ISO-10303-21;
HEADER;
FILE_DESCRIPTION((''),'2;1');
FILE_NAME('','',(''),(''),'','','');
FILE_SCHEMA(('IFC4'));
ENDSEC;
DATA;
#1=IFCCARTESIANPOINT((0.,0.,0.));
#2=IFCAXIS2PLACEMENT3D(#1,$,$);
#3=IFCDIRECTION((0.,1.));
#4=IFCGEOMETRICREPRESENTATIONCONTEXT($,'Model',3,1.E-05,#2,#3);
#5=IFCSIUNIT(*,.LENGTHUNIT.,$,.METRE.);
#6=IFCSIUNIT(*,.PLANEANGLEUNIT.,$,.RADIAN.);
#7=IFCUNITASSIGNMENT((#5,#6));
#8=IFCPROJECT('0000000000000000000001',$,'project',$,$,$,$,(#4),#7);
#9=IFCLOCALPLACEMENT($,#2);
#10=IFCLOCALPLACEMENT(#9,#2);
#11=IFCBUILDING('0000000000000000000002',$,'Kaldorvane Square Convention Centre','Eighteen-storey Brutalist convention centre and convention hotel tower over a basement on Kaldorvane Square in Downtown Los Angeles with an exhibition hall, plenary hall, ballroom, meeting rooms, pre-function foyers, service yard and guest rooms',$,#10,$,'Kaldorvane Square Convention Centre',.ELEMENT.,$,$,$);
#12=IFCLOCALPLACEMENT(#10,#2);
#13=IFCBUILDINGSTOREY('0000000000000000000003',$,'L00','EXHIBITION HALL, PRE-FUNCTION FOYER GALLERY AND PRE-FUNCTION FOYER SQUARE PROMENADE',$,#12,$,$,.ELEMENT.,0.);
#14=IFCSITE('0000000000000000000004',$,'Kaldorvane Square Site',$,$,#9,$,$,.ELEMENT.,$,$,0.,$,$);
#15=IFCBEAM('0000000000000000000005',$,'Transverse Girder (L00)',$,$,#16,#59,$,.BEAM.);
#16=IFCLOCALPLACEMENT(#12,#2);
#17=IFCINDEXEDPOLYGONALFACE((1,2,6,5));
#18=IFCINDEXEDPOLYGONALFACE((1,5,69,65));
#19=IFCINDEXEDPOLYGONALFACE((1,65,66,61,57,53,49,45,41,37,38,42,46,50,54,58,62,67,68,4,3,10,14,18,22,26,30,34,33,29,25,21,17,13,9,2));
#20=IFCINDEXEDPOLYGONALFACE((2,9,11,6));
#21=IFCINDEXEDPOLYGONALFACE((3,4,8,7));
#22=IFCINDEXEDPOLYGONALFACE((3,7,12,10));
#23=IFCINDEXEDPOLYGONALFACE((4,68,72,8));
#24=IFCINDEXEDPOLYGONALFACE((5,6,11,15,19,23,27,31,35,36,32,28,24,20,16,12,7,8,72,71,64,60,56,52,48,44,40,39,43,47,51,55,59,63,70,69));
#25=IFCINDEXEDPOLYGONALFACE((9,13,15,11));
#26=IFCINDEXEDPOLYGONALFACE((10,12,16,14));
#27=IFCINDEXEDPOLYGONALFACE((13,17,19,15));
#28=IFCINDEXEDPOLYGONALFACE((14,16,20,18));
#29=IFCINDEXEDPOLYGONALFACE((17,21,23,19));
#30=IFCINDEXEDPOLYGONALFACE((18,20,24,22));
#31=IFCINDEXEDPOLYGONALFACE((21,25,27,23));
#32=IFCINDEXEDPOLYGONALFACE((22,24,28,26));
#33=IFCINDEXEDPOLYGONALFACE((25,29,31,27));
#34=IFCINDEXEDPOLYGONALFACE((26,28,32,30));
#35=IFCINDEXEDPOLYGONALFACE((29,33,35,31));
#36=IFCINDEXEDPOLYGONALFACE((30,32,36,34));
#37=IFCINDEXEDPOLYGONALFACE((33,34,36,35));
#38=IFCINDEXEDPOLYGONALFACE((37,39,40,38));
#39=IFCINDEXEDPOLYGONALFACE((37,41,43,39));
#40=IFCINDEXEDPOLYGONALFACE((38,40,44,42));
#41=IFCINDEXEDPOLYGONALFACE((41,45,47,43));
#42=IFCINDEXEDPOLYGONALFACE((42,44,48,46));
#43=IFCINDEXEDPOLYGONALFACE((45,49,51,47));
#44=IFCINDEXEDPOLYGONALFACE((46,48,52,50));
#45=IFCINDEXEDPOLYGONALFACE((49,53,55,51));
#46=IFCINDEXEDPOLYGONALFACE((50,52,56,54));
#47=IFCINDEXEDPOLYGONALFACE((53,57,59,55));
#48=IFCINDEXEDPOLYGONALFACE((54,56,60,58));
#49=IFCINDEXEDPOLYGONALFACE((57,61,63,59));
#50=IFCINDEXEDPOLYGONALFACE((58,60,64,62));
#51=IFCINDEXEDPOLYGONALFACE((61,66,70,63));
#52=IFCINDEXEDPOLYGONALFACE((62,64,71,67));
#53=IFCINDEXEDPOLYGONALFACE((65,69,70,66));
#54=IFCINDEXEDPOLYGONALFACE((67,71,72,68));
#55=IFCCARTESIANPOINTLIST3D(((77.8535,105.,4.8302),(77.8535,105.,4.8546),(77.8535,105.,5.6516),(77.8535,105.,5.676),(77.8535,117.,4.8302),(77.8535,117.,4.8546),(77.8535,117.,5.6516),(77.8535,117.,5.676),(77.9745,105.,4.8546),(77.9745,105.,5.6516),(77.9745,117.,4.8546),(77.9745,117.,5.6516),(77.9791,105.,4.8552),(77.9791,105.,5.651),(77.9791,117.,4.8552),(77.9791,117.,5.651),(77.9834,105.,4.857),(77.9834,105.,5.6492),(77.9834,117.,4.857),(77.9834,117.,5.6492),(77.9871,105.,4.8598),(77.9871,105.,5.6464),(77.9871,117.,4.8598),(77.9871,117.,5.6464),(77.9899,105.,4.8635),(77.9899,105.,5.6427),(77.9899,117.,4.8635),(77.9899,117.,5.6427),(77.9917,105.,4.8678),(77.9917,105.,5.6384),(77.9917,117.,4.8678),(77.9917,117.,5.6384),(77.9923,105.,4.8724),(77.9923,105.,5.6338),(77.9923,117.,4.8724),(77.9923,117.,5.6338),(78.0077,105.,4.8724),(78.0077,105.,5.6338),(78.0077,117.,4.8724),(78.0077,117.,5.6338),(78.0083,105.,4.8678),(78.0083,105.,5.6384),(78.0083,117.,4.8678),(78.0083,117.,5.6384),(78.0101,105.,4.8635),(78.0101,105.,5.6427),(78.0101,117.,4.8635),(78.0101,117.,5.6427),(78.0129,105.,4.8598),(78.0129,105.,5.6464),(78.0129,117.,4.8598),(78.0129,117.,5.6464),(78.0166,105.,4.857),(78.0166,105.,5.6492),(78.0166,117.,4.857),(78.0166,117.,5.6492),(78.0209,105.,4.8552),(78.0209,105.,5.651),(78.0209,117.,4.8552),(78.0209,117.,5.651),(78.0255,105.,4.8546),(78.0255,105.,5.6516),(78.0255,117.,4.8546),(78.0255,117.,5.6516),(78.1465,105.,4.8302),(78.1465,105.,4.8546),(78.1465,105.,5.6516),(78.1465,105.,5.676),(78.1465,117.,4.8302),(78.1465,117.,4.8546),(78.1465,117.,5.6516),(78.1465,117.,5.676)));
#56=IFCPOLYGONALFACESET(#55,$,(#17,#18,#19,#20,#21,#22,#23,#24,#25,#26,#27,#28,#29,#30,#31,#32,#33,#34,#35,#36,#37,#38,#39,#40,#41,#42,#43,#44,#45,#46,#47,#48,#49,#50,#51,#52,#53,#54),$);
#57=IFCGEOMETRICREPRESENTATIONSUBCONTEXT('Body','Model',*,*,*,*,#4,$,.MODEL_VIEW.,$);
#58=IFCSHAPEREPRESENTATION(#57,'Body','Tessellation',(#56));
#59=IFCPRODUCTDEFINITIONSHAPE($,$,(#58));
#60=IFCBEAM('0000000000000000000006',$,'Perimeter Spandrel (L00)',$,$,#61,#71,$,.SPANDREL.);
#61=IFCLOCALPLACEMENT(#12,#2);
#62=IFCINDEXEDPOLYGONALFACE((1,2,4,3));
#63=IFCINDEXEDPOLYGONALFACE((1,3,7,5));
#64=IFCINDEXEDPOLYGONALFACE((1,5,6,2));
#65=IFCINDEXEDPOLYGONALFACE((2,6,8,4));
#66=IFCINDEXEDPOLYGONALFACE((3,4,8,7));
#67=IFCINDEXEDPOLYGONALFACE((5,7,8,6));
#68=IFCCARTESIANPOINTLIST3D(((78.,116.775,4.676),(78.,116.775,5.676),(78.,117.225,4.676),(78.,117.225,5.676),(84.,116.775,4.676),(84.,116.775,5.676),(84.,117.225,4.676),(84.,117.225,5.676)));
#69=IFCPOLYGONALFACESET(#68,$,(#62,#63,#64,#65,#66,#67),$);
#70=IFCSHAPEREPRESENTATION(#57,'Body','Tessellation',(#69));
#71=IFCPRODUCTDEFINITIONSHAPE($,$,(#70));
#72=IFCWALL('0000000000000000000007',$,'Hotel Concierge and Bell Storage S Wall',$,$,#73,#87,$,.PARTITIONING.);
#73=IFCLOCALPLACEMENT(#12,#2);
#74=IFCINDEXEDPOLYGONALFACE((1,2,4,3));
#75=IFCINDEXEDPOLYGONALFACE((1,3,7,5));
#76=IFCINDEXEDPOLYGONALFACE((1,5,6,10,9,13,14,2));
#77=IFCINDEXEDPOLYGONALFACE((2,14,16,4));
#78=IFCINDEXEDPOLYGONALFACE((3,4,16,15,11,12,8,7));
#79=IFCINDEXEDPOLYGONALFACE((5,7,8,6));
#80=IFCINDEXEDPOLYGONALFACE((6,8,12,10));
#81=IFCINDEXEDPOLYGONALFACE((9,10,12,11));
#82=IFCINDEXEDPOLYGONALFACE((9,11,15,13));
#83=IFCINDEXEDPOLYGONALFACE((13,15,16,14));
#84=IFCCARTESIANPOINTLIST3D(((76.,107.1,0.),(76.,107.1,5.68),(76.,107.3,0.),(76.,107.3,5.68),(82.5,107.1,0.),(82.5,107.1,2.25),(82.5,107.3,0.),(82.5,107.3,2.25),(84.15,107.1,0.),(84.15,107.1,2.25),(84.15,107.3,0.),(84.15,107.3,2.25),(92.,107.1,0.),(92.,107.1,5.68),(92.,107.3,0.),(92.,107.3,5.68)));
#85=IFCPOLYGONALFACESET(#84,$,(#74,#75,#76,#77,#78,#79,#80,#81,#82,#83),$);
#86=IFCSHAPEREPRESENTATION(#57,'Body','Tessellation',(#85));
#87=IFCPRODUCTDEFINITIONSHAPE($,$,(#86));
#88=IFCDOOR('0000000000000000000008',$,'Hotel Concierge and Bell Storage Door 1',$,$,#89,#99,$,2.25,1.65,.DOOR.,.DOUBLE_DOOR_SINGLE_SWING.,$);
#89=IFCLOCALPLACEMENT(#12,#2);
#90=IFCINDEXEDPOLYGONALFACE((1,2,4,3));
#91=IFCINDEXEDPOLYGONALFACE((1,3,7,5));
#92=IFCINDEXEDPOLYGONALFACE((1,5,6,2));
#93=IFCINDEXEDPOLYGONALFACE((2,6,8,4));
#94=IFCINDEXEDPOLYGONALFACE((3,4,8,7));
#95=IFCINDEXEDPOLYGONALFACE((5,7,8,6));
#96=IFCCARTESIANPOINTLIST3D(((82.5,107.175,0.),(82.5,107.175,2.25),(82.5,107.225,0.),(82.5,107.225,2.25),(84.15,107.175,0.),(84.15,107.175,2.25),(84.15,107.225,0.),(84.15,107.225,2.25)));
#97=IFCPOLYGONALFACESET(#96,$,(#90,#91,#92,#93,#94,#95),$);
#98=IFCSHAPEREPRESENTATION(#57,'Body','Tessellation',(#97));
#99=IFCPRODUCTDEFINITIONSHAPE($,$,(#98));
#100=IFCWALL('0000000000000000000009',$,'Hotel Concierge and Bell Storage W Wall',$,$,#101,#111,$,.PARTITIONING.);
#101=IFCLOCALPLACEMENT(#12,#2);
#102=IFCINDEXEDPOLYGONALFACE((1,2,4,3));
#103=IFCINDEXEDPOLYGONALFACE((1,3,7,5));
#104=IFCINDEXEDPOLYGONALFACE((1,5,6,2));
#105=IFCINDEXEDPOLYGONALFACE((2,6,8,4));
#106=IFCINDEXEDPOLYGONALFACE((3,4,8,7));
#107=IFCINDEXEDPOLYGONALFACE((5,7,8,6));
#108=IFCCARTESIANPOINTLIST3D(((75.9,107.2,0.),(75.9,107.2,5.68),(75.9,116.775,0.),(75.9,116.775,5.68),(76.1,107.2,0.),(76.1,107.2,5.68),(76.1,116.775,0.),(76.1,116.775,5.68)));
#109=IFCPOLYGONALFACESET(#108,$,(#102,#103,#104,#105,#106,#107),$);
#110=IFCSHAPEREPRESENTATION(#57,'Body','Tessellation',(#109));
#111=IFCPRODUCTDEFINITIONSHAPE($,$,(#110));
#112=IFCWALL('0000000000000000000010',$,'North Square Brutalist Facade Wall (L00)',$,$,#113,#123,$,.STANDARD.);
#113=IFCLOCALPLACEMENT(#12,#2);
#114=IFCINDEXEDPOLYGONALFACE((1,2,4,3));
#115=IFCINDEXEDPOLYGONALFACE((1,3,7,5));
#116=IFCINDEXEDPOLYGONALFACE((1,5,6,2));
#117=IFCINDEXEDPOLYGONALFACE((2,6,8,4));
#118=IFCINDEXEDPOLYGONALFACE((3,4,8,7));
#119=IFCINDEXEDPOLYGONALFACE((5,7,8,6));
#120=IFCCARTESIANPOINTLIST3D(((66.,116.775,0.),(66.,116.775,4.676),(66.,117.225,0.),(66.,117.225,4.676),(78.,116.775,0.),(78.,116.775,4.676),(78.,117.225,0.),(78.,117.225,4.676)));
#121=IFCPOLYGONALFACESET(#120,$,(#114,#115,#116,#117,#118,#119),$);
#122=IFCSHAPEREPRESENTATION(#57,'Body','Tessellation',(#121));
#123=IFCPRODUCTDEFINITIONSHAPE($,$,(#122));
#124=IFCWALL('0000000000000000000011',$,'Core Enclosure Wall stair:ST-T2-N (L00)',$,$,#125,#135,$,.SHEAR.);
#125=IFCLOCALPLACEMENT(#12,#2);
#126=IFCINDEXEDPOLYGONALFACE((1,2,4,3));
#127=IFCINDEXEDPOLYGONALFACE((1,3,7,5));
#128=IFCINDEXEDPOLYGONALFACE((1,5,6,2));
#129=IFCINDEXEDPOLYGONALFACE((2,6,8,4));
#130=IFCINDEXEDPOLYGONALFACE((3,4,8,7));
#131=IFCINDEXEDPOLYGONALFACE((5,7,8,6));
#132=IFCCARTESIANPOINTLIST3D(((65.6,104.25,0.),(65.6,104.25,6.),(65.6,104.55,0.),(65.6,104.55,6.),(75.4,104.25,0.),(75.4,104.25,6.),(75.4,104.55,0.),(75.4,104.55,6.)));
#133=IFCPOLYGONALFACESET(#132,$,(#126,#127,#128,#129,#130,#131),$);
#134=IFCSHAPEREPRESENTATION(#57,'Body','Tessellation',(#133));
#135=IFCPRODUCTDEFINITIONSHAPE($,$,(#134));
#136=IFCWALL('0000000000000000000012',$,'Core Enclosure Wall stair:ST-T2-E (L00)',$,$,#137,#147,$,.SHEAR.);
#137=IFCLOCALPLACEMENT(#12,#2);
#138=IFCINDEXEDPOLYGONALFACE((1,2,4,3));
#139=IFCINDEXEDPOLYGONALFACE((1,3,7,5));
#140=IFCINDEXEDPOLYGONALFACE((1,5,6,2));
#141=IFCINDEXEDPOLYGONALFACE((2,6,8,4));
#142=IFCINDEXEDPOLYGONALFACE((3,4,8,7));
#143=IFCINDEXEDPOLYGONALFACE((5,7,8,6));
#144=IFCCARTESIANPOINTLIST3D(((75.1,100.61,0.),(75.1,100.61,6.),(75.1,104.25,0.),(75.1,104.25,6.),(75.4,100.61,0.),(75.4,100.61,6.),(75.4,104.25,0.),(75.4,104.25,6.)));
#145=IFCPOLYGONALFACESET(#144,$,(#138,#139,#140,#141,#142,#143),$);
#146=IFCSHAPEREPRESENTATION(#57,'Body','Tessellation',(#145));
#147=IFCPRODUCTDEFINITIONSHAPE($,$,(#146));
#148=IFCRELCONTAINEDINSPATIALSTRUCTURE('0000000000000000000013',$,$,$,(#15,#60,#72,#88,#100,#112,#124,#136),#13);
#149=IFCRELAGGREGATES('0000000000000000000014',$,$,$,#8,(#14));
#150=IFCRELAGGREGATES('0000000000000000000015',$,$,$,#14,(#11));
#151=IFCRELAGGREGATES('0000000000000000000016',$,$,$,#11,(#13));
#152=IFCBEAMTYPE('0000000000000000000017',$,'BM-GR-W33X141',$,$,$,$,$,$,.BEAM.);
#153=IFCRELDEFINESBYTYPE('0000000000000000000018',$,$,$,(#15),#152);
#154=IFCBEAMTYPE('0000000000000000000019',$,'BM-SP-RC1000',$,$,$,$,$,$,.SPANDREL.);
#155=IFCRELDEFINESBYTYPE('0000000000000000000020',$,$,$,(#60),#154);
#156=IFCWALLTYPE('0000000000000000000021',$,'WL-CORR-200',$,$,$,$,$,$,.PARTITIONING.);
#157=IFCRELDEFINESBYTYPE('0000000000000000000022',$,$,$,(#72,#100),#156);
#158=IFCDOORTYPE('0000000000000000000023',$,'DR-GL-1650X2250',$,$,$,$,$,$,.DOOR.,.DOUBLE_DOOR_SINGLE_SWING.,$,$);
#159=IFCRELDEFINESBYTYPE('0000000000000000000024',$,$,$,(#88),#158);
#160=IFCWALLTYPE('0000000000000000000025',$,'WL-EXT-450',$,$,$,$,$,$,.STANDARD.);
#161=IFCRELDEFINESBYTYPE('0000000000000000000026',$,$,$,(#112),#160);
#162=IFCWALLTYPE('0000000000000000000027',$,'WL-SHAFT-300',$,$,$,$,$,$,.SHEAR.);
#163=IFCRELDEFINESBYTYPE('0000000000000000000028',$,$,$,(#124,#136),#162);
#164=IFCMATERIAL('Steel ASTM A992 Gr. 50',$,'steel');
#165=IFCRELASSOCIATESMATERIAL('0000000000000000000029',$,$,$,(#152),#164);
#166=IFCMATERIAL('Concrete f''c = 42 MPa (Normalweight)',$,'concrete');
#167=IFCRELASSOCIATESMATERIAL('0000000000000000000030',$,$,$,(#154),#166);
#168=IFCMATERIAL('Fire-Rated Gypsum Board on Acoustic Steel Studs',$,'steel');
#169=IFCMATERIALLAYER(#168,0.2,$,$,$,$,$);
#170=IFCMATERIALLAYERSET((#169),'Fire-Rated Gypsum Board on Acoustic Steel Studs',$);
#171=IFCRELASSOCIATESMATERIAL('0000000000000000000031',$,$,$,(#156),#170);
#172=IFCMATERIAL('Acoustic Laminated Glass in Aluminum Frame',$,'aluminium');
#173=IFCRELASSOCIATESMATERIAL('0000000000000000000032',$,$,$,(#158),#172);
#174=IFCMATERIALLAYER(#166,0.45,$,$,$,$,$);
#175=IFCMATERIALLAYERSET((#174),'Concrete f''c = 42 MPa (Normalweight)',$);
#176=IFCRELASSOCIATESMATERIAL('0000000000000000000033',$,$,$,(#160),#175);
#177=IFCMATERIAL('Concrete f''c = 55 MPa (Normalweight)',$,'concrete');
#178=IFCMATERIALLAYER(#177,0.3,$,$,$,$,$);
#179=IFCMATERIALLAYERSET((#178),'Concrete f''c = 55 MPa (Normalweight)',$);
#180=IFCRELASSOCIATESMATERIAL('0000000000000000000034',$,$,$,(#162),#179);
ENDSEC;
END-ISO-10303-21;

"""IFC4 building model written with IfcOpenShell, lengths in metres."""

from ifc_helpers import new_model, si_unit, direction, frame, frame_2d, origin, origin_2d, place, context, subcontext, project, spatial, rectangle, i_section, extrude, material, layer, layer_set, material_profile, profile_set, type_object, element, fill, save


model = new_model("IFC4")

# Units and contexts
model_context = context("Model", 3, precision=1e-05, world=origin(), true_north=direction((0.0, 1.0)))
body_context = subcontext(model_context, "Body", "Model", "MODEL_VIEW")
ifc_project = project(units=[si_unit("LENGTHUNIT", "METRE"), si_unit("PLANEANGLEUNIT", "RADIAN")], contexts=[model_context])

# Site, building, storey
site_placement = place(None, origin())
site = spatial("IfcSite", under=ifc_project, at=site_placement, Name="Kaldorvane Square Site", CompositionType="ELEMENT", RefElevation=0.0)
building_placement = place(site_placement, origin())
building = spatial("IfcBuilding", under=site, at=building_placement, Name="Kaldorvane Square Convention Centre", Description="Eighteen-storey Brutalist convention centre and convention hotel tower over a basement on Kaldorvane Square in Downtown Los Angeles with an exhibition hall, plenary hall, ballroom, meeting rooms, pre-function foyers, service yard and guest rooms", LongName="Kaldorvane Square Convention Centre", CompositionType="ELEMENT")
storey_placement = place(building_placement, origin())
storey = spatial("IfcBuildingStorey", under=building, at=storey_placement, Name="L00", Description="EXHIBITION HALL, PRE-FUNCTION FOYER GALLERY AND PRE-FUNCTION FOYER SQUARE PROMENADE", CompositionType="ELEMENT", Elevation=0.0)

# Shared definitions
ifc_material_1 = material(Name="Concrete f'c = 55 MPa (Normalweight)", Category="concrete")
ifc_material_2 = material(Name="Steel ASTM A992 Gr. 50", Category="steel")

# Beams
ifc_material_profile_1 = material_profile(ifc_material_2, i_section(OverallWidth=0.293, OverallDepth=0.8458, WebThickness=0.0154, FlangeThickness=0.0244, FilletRadius=0.0178, at=origin_2d()), Name="W33X141")
ifc_profile_set_1 = profile_set([ifc_material_profile_1], Name="Steel ASTM A992 Gr. 50")
beam_type_1 = type_object("IfcBeamType", Name="BM-GR-W33X141", PredefinedType="BEAM", material=ifc_profile_set_1)
beam_1_placement = place(storey_placement, frame((78.0, 105.0, 5.2531), z_axis=(0.0, 1.0, 0.0), x_axis=(-1.0, 0.0, 0.0)))
element("IfcBeam", 1, at=beam_1_placement, inside=storey, type_object=beam_type_1, Name="Transverse Girder (L00)", PredefinedType="BEAM", context=body_context, shape_type="SweptSolid", body=[
    extrude(i_section(OverallWidth=0.293, OverallDepth=0.8458, WebThickness=0.0154, FlangeThickness=0.0244, FilletRadius=0.0178, at=origin_2d()), origin(), (0.0, 0.0, 1.0), 12.0),
])
ifc_material_3 = material(Name="Concrete f'c = 42 MPa (Normalweight)", Category="concrete")
ifc_material_profile_2 = material_profile(ifc_material_3, rectangle(XDim=0.45, YDim=1.0, at=origin_2d()), Name="RCSP1000X450")
ifc_profile_set_2 = profile_set([ifc_material_profile_2], Name="Concrete f'c = 42 MPa (Normalweight)")
beam_type_2 = type_object("IfcBeamType", Name="BM-SP-RC1000", PredefinedType="SPANDREL", material=ifc_profile_set_2)
beam_2_placement = place(storey_placement, frame((78.0, 117.0, 5.176), z_axis=(1.0, 0.0, 0.0), x_axis=(0.0, 1.0, 0.0)))
element("IfcBeam", 2, at=beam_2_placement, inside=storey, type_object=beam_type_2, Name="Perimeter Spandrel (L00)", PredefinedType="SPANDREL", context=body_context, shape_type="SweptSolid", body=[
    extrude(rectangle(XDim=0.45, YDim=1.0, at=origin_2d()), origin(), (0.0, 0.0, 1.0), 6.0),
])

# Wall, opening, door
ifc_material_4 = material(Name="Fire-Rated Gypsum Board on Acoustic Steel Studs", Category="steel")
ifc_layer_1 = layer(ifc_material_4, 0.2)
ifc_layer_set_1 = layer_set([ifc_layer_1], Name="Fire-Rated Gypsum Board on Acoustic Steel Studs")
wall_type_1 = type_object("IfcWallType", Name="WL-CORR-200", PredefinedType="PARTITIONING", material=ifc_layer_set_1)
wall_1_placement = place(storey_placement, frame((76.0, 107.2, 0.0), z_axis=(0.0, 0.0, 1.0), x_axis=(1.0, 0.0, 0.0)))
wall_1 = element("IfcWall", 3, at=wall_1_placement, inside=storey, type_object=wall_type_1, Name="Hotel Concierge and Bell Storage S Wall", PredefinedType="PARTITIONING", context=body_context, shape_type="SweptSolid", body=[
    extrude(rectangle(XDim=16.0, YDim=0.2, at=frame_2d((8.0, 0.0))), origin(), (0.0, 0.0, 1.0), 5.68),
])
opening_placement = place(wall_1_placement, frame((6.5, 0.0, 0.0)))
opening = element("IfcOpeningElement", 4, at=opening_placement, cuts=wall_1, PredefinedType="OPENING", context=body_context, shape_type="SweptSolid", body=[
    extrude(rectangle(XDim=1.65, YDim=2.25, at=frame_2d((0.825, 1.125))), frame((0.0, 0.115, 0.0), z_axis=(0.0, -1.0, 0.0), x_axis=(1.0, 0.0, 0.0)), (0.0, 0.0, 1.0), 0.23),
])
ifc_material_5 = material(Name="Acoustic Laminated Glass in Aluminum Frame", Category="aluminium")
door_type = type_object("IfcDoorType", Name="DR-GL-1650X2250", OperationType="DOUBLE_DOOR_SINGLE_SWING", PredefinedType="DOOR", material=ifc_material_5)
door_placement = place(opening_placement, origin())
door = element("IfcDoor", 5, at=door_placement, inside=storey, type_object=door_type, Name="Hotel Concierge and Bell Storage Door 1", OperationType="DOUBLE_DOOR_SINGLE_SWING", OverallHeight=2.25, OverallWidth=1.65, PredefinedType="DOOR", context=body_context, shape_type="SweptSolid", body=[
    extrude(rectangle(XDim=1.65, YDim=2.25, at=frame_2d((0.825, 1.125))), frame((0.0, 0.025, 0.0), z_axis=(0.0, -1.0, 0.0), x_axis=(1.0, 0.0, 0.0)), (0.0, 0.0, 1.0), 0.05),
])
fill(opening, door)

# Walls
wall_2_placement = place(storey_placement, frame((76.0, 116.775, 0.0), z_axis=(0.0, 0.0, 1.0), x_axis=(0.0, -1.0, 0.0)))
element("IfcWall", 6, at=wall_2_placement, inside=storey, type_object=wall_type_1, Name="Hotel Concierge and Bell Storage W Wall", PredefinedType="PARTITIONING", context=body_context, shape_type="SweptSolid", body=[
    extrude(rectangle(XDim=9.575, YDim=0.2, at=frame_2d((4.7875, 0.0))), origin(), (0.0, 0.0, 1.0), 5.68),
])
ifc_layer_2 = layer(ifc_material_3, 0.45)
ifc_layer_set_2 = layer_set([ifc_layer_2], Name="Concrete f'c = 42 MPa (Normalweight)")
wall_type_2 = type_object("IfcWallType", Name="WL-EXT-450", PredefinedType="STANDARD", material=ifc_layer_set_2)
wall_3_placement = place(storey_placement, frame((78.0, 117.0, 0.0), z_axis=(0.0, 0.0, 1.0), x_axis=(-1.0, 0.0, 0.0)))
element("IfcWall", 7, at=wall_3_placement, inside=storey, type_object=wall_type_2, Name="North Square Brutalist Facade Wall (L00)", PredefinedType="STANDARD", context=body_context, shape_type="SweptSolid", body=[
    extrude(rectangle(XDim=12.0, YDim=0.45, at=frame_2d((6.0, 0.0))), origin(), (0.0, 0.0, 1.0), 4.676),
])
ifc_layer_3 = layer(ifc_material_1, 0.3)
ifc_layer_set_3 = layer_set([ifc_layer_3], Name="Concrete f'c = 55 MPa (Normalweight)")
wall_type_3 = type_object("IfcWallType", Name="WL-SHAFT-300", PredefinedType="SHEAR", material=ifc_layer_set_3)
wall_4_placement = place(storey_placement, frame((75.4, 104.4, 0.0), z_axis=(0.0, 0.0, 1.0), x_axis=(-1.0, 0.0, 0.0)))
element("IfcWall", 8, at=wall_4_placement, inside=storey, type_object=wall_type_3, Name="Core Enclosure Wall stair:ST-T2-N (L00)", PredefinedType="SHEAR", context=body_context, shape_type="SweptSolid", body=[
    extrude(rectangle(XDim=9.8, YDim=0.3, at=frame_2d((4.9, 0.0))), origin(), (0.0, 0.0, 1.0), 6.0),
])
wall_5_placement = place(storey_placement, frame((75.25, 100.61, 0.0), z_axis=(0.0, 0.0, 1.0), x_axis=(0.0, 1.0, 0.0)))
element("IfcWall", 9, at=wall_5_placement, inside=storey, type_object=wall_type_3, Name="Core Enclosure Wall stair:ST-T2-E (L00)", PredefinedType="SHEAR", context=body_context, shape_type="SweptSolid", body=[
    extrude(rectangle(XDim=3.64, YDim=0.3, at=frame_2d((1.82, 0.0))), origin(), (0.0, 0.0, 1.0), 6.0),
])

save(model, "model.ifc")
